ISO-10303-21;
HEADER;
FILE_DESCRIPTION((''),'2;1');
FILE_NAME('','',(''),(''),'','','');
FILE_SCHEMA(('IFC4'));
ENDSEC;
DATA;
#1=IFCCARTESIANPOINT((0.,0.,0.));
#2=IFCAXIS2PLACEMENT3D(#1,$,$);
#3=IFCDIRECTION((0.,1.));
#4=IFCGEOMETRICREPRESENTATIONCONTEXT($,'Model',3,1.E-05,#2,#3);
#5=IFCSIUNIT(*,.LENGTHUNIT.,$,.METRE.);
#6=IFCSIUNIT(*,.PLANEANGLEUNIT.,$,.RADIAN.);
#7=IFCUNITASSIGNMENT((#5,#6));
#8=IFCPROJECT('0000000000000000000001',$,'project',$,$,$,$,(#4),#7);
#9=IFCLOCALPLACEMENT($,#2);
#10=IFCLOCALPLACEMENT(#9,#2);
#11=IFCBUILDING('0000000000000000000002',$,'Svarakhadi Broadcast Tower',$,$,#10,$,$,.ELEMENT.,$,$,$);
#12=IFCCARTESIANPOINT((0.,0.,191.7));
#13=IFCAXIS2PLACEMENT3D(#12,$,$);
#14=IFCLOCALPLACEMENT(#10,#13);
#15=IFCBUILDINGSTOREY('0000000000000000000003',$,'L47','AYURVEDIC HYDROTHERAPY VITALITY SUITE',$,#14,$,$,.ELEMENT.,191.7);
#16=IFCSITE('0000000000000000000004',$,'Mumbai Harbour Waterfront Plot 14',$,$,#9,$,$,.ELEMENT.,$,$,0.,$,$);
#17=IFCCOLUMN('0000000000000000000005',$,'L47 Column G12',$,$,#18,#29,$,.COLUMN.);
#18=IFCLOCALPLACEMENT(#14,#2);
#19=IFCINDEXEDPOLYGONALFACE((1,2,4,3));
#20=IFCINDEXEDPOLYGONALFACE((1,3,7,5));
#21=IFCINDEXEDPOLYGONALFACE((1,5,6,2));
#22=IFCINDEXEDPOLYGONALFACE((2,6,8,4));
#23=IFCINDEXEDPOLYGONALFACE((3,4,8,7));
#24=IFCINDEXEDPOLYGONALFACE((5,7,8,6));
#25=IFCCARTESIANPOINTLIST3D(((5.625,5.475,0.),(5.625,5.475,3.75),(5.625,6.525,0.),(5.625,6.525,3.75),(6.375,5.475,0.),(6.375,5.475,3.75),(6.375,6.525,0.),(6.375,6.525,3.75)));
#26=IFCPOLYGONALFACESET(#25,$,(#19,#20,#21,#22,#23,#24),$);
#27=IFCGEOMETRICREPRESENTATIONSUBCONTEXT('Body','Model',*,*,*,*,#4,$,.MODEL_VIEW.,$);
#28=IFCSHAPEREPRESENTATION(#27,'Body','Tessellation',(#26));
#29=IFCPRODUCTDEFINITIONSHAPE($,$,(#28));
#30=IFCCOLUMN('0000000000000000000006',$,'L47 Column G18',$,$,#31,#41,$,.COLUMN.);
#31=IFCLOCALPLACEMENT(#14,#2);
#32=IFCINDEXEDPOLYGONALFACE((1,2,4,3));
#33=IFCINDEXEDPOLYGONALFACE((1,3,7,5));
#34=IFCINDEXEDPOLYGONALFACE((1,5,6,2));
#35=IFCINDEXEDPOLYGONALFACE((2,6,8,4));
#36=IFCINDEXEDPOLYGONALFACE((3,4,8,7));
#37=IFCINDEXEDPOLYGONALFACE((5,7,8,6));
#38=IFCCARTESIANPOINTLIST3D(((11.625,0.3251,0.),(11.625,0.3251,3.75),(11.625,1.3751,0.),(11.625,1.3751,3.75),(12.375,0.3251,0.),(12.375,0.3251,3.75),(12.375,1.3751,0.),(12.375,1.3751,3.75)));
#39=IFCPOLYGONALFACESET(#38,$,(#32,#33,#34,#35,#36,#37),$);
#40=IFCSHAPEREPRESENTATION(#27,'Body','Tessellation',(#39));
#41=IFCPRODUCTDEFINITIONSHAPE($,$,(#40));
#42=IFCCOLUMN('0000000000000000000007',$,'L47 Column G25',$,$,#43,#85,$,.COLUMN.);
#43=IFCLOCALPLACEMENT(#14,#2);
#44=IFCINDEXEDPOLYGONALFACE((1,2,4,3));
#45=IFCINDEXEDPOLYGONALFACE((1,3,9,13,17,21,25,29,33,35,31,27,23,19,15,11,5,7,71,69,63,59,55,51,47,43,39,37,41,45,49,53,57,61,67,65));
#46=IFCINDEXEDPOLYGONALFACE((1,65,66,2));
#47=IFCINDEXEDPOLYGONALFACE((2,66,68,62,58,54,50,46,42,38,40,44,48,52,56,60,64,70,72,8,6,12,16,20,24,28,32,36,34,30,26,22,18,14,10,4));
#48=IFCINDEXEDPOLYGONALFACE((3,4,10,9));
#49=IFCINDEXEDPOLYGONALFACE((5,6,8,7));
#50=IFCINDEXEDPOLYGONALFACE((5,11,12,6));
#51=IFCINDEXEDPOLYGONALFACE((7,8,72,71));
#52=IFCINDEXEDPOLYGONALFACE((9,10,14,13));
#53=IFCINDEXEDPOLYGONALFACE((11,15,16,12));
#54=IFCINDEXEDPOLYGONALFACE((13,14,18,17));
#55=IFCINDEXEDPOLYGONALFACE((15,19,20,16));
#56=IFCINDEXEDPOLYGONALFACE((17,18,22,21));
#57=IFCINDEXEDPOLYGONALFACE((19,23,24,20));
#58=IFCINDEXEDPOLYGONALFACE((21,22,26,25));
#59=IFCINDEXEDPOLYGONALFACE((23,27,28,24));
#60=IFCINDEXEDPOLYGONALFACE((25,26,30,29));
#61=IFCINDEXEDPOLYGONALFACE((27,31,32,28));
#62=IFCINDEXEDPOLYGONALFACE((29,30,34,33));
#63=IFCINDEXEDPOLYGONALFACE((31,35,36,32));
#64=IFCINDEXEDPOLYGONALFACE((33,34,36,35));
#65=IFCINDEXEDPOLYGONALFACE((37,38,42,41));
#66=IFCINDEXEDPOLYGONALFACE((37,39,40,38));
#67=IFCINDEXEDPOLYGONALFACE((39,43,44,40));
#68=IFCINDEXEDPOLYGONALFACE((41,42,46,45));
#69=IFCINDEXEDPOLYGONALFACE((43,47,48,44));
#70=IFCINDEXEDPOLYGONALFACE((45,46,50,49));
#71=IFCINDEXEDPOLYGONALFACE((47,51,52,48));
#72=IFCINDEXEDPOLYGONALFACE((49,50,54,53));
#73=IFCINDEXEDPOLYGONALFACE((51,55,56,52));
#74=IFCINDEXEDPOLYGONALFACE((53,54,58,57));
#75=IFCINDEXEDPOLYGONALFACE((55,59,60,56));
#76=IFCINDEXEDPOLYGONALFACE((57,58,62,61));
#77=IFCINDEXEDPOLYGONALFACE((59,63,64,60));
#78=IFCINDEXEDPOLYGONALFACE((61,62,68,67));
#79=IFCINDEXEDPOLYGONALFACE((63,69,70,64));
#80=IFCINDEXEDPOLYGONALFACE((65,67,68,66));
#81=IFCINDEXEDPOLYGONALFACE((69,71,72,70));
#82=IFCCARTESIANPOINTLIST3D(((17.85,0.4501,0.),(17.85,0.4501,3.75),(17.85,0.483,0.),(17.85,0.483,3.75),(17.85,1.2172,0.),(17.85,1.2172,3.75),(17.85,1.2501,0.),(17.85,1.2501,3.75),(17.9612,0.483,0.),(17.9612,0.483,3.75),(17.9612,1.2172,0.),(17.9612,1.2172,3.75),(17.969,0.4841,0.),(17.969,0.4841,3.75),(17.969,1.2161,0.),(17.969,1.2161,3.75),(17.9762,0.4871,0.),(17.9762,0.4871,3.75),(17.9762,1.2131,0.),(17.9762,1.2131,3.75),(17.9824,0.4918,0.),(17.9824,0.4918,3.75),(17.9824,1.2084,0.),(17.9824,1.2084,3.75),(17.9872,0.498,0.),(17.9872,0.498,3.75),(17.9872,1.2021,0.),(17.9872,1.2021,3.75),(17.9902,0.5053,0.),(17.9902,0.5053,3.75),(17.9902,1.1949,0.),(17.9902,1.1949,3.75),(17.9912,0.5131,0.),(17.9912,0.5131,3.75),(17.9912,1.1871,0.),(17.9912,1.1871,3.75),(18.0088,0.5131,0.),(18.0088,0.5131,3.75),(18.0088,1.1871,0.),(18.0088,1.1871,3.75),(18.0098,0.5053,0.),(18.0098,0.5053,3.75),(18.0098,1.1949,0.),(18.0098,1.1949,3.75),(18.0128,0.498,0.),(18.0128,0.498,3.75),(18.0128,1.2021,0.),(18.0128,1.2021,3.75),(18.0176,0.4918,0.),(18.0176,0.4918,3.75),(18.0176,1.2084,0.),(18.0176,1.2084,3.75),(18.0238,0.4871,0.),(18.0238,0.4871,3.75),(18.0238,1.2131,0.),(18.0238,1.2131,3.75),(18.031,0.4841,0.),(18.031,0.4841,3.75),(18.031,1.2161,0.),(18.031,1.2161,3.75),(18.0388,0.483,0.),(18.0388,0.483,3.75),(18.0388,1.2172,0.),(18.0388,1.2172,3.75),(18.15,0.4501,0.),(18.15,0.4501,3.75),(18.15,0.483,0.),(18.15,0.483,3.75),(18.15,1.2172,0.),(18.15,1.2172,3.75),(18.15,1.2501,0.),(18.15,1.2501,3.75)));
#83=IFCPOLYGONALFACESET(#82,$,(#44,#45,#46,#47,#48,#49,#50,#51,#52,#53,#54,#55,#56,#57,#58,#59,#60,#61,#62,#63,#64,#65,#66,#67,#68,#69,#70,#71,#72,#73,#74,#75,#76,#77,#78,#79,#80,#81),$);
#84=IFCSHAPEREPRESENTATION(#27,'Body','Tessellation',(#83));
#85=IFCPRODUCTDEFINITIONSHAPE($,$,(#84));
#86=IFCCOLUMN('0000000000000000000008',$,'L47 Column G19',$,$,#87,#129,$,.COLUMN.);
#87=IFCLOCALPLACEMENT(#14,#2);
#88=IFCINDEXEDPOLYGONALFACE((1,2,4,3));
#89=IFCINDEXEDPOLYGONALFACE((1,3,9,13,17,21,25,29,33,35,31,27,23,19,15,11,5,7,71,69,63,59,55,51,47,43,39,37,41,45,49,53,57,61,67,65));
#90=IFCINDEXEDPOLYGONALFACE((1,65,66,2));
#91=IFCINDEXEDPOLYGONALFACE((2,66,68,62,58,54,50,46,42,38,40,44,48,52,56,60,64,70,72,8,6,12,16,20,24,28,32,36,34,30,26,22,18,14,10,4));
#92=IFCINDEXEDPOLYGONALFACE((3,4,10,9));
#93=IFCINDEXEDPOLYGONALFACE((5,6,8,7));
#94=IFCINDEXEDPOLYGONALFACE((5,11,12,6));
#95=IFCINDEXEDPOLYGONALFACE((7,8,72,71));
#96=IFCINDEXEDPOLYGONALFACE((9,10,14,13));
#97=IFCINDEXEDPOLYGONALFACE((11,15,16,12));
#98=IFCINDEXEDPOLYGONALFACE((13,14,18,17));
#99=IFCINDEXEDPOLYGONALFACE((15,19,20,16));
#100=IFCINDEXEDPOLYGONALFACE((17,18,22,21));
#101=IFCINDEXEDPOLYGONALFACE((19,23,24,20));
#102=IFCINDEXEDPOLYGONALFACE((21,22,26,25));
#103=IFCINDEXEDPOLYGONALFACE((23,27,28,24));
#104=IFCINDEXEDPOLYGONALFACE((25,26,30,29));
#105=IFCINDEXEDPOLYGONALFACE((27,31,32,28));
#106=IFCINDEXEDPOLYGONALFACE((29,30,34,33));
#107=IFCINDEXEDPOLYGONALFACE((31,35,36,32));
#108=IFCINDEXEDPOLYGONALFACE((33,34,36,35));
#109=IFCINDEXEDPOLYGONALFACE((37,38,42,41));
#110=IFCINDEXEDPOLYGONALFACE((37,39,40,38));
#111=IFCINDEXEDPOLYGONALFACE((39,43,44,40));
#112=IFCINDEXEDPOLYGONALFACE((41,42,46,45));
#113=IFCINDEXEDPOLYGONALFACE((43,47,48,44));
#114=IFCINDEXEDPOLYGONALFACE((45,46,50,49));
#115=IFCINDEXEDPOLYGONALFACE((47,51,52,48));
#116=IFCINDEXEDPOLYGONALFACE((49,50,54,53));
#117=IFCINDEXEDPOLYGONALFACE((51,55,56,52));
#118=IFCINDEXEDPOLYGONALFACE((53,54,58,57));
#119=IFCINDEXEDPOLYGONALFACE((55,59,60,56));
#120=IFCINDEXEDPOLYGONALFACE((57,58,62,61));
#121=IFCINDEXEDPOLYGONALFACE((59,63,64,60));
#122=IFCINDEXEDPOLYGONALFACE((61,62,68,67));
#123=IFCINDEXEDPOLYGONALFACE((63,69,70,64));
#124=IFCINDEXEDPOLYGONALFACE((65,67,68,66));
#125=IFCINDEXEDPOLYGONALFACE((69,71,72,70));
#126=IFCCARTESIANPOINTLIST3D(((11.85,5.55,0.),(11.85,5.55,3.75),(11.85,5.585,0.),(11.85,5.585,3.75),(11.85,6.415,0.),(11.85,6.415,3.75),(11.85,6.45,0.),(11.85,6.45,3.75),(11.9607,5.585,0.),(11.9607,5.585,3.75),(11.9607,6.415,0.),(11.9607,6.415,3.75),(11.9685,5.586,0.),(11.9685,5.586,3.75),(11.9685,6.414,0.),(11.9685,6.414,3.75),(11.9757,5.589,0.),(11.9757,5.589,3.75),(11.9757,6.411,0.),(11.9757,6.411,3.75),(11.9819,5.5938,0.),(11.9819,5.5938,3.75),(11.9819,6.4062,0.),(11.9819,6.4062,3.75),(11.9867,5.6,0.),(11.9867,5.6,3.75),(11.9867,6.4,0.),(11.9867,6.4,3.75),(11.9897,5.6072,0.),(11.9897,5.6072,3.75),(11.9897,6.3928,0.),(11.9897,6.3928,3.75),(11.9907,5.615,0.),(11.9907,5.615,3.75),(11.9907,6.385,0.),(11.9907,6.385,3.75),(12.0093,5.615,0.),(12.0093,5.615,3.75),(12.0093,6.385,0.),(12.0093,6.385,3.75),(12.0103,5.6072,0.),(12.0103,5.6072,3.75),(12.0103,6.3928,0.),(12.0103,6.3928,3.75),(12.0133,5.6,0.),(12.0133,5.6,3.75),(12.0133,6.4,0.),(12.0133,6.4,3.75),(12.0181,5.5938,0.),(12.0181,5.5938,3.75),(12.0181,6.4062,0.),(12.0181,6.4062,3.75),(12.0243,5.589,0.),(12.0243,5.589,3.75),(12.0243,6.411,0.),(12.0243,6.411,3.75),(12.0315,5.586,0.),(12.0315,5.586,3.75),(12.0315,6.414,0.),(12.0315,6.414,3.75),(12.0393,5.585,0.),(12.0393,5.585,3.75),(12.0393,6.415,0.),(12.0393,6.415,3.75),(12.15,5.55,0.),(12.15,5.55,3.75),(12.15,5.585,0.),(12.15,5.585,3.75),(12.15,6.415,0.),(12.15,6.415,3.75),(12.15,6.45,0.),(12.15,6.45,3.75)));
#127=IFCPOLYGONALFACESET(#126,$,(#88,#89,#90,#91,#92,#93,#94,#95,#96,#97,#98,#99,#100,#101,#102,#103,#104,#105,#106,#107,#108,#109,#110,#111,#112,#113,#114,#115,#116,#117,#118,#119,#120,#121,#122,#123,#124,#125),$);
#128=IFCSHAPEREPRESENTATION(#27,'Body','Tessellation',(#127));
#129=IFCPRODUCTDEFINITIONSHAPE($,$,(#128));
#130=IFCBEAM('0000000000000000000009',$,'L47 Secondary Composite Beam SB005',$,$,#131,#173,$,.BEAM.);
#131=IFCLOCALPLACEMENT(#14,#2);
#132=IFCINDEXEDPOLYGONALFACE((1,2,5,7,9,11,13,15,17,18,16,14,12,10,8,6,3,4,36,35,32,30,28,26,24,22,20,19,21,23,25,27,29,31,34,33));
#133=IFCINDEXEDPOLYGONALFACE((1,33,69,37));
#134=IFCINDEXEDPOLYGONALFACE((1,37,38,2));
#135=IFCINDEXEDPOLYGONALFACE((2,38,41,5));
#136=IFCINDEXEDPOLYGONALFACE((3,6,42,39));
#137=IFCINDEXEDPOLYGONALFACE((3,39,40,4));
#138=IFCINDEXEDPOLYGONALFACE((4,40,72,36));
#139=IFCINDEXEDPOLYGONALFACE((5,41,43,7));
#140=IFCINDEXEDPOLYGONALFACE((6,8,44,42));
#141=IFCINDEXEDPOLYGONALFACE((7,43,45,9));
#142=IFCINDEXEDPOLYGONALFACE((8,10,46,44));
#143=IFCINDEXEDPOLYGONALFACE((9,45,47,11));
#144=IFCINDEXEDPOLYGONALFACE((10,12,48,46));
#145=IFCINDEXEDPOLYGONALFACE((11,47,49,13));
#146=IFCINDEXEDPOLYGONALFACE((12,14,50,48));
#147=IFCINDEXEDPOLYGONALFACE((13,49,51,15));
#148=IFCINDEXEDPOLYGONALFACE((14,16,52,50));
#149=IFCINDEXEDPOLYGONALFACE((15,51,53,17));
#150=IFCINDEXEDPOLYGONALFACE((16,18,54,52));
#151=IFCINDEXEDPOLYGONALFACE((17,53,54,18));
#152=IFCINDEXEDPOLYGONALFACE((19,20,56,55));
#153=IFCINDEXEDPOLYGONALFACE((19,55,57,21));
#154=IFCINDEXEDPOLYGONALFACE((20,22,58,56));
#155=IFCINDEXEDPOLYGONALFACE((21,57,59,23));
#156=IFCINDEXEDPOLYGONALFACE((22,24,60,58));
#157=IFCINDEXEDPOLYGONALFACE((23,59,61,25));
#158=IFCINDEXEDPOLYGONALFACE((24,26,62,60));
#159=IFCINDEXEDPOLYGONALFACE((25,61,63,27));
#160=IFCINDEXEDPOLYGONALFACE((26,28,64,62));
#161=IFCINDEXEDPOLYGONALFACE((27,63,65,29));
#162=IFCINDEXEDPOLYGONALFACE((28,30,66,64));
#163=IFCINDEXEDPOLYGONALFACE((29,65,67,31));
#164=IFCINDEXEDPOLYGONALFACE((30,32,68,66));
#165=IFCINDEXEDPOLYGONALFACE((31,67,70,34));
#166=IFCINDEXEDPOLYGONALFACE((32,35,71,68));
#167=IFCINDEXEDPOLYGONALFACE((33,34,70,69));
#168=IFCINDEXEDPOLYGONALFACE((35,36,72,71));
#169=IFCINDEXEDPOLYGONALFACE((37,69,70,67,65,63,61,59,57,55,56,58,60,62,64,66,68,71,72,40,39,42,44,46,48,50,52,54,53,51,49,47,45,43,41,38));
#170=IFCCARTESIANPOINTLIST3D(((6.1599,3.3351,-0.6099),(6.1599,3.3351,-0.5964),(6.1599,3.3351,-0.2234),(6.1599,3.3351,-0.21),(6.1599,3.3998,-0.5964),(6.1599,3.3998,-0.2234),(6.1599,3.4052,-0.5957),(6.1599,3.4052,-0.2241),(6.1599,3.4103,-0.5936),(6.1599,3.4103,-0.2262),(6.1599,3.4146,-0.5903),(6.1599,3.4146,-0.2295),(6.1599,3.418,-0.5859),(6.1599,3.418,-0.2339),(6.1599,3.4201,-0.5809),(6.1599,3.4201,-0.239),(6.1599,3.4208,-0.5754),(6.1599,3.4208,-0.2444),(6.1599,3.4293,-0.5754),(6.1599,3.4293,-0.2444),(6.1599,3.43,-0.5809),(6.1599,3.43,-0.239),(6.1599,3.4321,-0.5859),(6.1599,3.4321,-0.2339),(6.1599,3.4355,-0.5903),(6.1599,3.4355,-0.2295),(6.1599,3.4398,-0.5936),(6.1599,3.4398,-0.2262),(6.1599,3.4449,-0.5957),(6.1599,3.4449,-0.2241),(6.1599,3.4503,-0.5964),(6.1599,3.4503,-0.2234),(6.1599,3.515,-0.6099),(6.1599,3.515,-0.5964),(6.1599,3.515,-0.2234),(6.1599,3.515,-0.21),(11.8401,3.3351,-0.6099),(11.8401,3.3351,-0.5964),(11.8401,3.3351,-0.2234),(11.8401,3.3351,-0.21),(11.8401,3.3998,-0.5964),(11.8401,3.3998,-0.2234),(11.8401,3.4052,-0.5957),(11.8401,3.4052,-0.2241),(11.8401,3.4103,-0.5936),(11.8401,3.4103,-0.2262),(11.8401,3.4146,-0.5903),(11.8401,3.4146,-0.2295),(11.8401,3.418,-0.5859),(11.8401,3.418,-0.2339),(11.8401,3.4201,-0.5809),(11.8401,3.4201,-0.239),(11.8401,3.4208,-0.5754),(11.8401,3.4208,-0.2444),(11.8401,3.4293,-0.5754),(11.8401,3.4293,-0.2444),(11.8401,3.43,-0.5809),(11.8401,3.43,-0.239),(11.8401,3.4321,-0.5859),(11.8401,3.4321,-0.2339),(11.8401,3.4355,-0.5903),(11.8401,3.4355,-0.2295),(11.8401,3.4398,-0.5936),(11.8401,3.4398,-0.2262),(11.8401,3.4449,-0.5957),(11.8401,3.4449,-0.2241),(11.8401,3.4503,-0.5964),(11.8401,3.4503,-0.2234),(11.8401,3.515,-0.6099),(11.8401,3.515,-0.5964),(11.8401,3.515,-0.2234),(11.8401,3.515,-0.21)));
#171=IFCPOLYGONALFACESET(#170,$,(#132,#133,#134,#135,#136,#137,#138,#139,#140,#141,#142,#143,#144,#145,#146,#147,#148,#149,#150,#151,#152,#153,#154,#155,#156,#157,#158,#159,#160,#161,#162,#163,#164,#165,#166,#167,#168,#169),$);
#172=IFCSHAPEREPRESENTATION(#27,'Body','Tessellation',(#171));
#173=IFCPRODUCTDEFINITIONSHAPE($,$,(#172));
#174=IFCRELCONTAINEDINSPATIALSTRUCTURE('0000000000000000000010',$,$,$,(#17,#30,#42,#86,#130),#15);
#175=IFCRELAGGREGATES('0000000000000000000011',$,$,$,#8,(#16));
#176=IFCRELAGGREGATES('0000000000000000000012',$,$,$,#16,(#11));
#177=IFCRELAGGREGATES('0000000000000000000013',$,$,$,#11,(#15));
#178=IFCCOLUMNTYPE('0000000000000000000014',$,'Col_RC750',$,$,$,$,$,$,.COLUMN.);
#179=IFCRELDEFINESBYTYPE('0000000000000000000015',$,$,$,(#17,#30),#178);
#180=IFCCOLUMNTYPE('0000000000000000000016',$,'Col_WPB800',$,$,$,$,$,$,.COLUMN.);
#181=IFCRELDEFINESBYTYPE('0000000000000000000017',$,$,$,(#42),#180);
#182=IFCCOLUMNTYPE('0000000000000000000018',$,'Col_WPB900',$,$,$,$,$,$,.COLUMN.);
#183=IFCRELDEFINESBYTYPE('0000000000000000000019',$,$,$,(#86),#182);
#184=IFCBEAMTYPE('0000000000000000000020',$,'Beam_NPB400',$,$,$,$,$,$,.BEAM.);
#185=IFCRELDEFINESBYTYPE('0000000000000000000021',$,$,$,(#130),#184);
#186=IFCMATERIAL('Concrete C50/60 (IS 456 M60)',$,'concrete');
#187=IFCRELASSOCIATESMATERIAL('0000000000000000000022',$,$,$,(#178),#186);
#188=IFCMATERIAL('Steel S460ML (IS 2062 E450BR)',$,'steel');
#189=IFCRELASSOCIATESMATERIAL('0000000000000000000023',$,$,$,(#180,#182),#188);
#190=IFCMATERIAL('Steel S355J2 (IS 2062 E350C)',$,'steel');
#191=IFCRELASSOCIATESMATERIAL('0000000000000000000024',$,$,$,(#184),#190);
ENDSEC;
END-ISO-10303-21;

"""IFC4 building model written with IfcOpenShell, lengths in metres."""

from ifc_helpers import new_model, si_unit, direction, frame, origin, origin_2d, place, context, subcontext, project, spatial, rectangle, i_section, extrude, material, material_profile, profile_set, type_object, element, save


model = new_model("IFC4")

# Units and contexts
model_context = context("Model", 3, precision=1e-05, world=origin(), true_north=direction((0.0, 1.0)))
body_context = subcontext(model_context, "Body", "Model", "MODEL_VIEW")
ifc_project = project(units=[si_unit("LENGTHUNIT", "METRE"), si_unit("PLANEANGLEUNIT", "RADIAN")], contexts=[model_context])

# Site, building, storey
site_placement = place(None, origin())
site = spatial("IfcSite", under=ifc_project, at=site_placement, Name="Mumbai Harbour Waterfront Plot 14", CompositionType="ELEMENT", RefElevation=0.0)
building_placement = place(site_placement, origin())
building = spatial("IfcBuilding", under=site, at=building_placement, Name="Svarakhadi Broadcast Tower", CompositionType="ELEMENT")
storey_placement = place(building_placement, frame((0.0, 0.0, 191.7)))
storey = spatial("IfcBuildingStorey", under=building, at=storey_placement, Name="L47", Description="AYURVEDIC HYDROTHERAPY VITALITY SUITE", CompositionType="ELEMENT", Elevation=191.7)

# Columns
ifc_material_1 = material(Name="Concrete C50/60 (IS 456 M60)", Category="concrete")
ifc_material_profile_1 = material_profile(ifc_material_1, rectangle(XDim=0.75, YDim=1.05, at=origin_2d()), Name="RC 750x1050")
ifc_profile_set_1 = profile_set([ifc_material_profile_1], Name="Concrete C50/60 (IS 456 M60)")
column_type_1 = type_object("IfcColumnType", Name="Col_RC750", PredefinedType="COLUMN", material=ifc_profile_set_1)
for number, where, z_axis, x_axis, name in (
    (1, (6.0, 6.0, 0.0), (0.0, 0.0, 1.0), (1.0, 0.0, 0.0), "L47 Column G12"),
    (2, (12.0, 0.8501, 0.0), (0.0, 0.0, 1.0), (1.0, 0.0, 0.0), "L47 Column G18"),
):
    element("IfcColumn", number, at=place(storey_placement, frame(where, z_axis=z_axis, x_axis=x_axis)), inside=storey, type_object=column_type_1, Name=name, PredefinedType="COLUMN", context=body_context, shape_type="SweptSolid", body=[
        extrude(rectangle(XDim=0.75, YDim=1.05, at=origin_2d()), origin(), (0.0, 0.0, 1.0), 3.75),
    ])
ifc_material_2 = material(Name="Steel S460ML (IS 2062 E450BR)", Category="steel")
ifc_material_profile_2 = material_profile(ifc_material_2, i_section(OverallWidth=0.3, OverallDepth=0.8, WebThickness=0.0176, FlangeThickness=0.033, FilletRadius=0.03, at=origin_2d()), Name="WPB 800x300x262")
ifc_profile_set_2 = profile_set([ifc_material_profile_2], Name="Steel S460ML (IS 2062 E450BR)")
column_type_2 = type_object("IfcColumnType", Name="Col_WPB800", PredefinedType="COLUMN", material=ifc_profile_set_2)
column_1_placement = place(storey_placement, frame((18.0, 0.8501, 0.0), z_axis=(0.0, 0.0, 1.0), x_axis=(1.0, 0.0, 0.0)))
element("IfcColumn", 3, at=column_1_placement, inside=storey, type_object=column_type_2, Name="L47 Column G25", PredefinedType="COLUMN", context=body_context, shape_type="SweptSolid", body=[
    extrude(i_section(OverallWidth=0.3, OverallDepth=0.8, WebThickness=0.0176, FlangeThickness=0.033, FilletRadius=0.03, at=origin_2d()), origin(), (0.0, 0.0, 1.0), 3.75),
])
ifc_material_profile_3 = material_profile(ifc_material_2, i_section(OverallWidth=0.3, OverallDepth=0.8999, WebThickness=0.0186, FlangeThickness=0.0349, FilletRadius=0.03, at=origin_2d()), Name="WPB 900x300x291")
ifc_profile_set_3 = profile_set([ifc_material_profile_3], Name="Steel S460ML (IS 2062 E450BR)")
column_type_3 = type_object("IfcColumnType", Name="Col_WPB900", PredefinedType="COLUMN", material=ifc_profile_set_3)
column_2_placement = place(storey_placement, frame((12.0, 6.0, 0.0), z_axis=(0.0, 0.0, 1.0), x_axis=(1.0, 0.0, 0.0)))
element("IfcColumn", 4, at=column_2_placement, inside=storey, type_object=column_type_3, Name="L47 Column G19", PredefinedType="COLUMN", context=body_context, shape_type="SweptSolid", body=[
    extrude(i_section(OverallWidth=0.3, OverallDepth=0.8999, WebThickness=0.0186, FlangeThickness=0.0349, FilletRadius=0.03, at=origin_2d()), origin(), (0.0, 0.0, 1.0), 3.75),
])

# Beam
ifc_material_3 = material(Name="Steel S355J2 (IS 2062 E350C)", Category="steel")
ifc_material_profile_4 = material_profile(ifc_material_3, i_section(OverallWidth=0.1799, OverallDepth=0.3999, WebThickness=0.0085, FlangeThickness=0.0134, FilletRadius=0.021, at=origin_2d()), Name="NPB 400x180x66")
ifc_profile_set_4 = profile_set([ifc_material_profile_4], Name="Steel S355J2 (IS 2062 E350C)")
beam_type_1 = type_object("IfcBeamType", Name="Beam_NPB400", PredefinedType="BEAM", material=ifc_profile_set_4)
for number, where, z_axis, x_axis, name in (
    (5, (6.1599, 3.425, -0.4099), (1.0, 0.0, 0.0), (0.0, 1.0, 0.0), "L47 Secondary Composite Beam SB005"),
):
    element("IfcBeam", number, at=place(storey_placement, frame(where, z_axis=z_axis, x_axis=x_axis)), inside=storey, type_object=beam_type_1, Name=name, PredefinedType="BEAM", context=body_context, shape_type="SweptSolid", body=[
        extrude(i_section(OverallWidth=0.1799, OverallDepth=0.3999, WebThickness=0.0085, FlangeThickness=0.0134, FilletRadius=0.021, at=origin_2d()), origin(), (0.0, 0.0, 1.0), 5.6802),
    ])

save(model, "model.ifc")
